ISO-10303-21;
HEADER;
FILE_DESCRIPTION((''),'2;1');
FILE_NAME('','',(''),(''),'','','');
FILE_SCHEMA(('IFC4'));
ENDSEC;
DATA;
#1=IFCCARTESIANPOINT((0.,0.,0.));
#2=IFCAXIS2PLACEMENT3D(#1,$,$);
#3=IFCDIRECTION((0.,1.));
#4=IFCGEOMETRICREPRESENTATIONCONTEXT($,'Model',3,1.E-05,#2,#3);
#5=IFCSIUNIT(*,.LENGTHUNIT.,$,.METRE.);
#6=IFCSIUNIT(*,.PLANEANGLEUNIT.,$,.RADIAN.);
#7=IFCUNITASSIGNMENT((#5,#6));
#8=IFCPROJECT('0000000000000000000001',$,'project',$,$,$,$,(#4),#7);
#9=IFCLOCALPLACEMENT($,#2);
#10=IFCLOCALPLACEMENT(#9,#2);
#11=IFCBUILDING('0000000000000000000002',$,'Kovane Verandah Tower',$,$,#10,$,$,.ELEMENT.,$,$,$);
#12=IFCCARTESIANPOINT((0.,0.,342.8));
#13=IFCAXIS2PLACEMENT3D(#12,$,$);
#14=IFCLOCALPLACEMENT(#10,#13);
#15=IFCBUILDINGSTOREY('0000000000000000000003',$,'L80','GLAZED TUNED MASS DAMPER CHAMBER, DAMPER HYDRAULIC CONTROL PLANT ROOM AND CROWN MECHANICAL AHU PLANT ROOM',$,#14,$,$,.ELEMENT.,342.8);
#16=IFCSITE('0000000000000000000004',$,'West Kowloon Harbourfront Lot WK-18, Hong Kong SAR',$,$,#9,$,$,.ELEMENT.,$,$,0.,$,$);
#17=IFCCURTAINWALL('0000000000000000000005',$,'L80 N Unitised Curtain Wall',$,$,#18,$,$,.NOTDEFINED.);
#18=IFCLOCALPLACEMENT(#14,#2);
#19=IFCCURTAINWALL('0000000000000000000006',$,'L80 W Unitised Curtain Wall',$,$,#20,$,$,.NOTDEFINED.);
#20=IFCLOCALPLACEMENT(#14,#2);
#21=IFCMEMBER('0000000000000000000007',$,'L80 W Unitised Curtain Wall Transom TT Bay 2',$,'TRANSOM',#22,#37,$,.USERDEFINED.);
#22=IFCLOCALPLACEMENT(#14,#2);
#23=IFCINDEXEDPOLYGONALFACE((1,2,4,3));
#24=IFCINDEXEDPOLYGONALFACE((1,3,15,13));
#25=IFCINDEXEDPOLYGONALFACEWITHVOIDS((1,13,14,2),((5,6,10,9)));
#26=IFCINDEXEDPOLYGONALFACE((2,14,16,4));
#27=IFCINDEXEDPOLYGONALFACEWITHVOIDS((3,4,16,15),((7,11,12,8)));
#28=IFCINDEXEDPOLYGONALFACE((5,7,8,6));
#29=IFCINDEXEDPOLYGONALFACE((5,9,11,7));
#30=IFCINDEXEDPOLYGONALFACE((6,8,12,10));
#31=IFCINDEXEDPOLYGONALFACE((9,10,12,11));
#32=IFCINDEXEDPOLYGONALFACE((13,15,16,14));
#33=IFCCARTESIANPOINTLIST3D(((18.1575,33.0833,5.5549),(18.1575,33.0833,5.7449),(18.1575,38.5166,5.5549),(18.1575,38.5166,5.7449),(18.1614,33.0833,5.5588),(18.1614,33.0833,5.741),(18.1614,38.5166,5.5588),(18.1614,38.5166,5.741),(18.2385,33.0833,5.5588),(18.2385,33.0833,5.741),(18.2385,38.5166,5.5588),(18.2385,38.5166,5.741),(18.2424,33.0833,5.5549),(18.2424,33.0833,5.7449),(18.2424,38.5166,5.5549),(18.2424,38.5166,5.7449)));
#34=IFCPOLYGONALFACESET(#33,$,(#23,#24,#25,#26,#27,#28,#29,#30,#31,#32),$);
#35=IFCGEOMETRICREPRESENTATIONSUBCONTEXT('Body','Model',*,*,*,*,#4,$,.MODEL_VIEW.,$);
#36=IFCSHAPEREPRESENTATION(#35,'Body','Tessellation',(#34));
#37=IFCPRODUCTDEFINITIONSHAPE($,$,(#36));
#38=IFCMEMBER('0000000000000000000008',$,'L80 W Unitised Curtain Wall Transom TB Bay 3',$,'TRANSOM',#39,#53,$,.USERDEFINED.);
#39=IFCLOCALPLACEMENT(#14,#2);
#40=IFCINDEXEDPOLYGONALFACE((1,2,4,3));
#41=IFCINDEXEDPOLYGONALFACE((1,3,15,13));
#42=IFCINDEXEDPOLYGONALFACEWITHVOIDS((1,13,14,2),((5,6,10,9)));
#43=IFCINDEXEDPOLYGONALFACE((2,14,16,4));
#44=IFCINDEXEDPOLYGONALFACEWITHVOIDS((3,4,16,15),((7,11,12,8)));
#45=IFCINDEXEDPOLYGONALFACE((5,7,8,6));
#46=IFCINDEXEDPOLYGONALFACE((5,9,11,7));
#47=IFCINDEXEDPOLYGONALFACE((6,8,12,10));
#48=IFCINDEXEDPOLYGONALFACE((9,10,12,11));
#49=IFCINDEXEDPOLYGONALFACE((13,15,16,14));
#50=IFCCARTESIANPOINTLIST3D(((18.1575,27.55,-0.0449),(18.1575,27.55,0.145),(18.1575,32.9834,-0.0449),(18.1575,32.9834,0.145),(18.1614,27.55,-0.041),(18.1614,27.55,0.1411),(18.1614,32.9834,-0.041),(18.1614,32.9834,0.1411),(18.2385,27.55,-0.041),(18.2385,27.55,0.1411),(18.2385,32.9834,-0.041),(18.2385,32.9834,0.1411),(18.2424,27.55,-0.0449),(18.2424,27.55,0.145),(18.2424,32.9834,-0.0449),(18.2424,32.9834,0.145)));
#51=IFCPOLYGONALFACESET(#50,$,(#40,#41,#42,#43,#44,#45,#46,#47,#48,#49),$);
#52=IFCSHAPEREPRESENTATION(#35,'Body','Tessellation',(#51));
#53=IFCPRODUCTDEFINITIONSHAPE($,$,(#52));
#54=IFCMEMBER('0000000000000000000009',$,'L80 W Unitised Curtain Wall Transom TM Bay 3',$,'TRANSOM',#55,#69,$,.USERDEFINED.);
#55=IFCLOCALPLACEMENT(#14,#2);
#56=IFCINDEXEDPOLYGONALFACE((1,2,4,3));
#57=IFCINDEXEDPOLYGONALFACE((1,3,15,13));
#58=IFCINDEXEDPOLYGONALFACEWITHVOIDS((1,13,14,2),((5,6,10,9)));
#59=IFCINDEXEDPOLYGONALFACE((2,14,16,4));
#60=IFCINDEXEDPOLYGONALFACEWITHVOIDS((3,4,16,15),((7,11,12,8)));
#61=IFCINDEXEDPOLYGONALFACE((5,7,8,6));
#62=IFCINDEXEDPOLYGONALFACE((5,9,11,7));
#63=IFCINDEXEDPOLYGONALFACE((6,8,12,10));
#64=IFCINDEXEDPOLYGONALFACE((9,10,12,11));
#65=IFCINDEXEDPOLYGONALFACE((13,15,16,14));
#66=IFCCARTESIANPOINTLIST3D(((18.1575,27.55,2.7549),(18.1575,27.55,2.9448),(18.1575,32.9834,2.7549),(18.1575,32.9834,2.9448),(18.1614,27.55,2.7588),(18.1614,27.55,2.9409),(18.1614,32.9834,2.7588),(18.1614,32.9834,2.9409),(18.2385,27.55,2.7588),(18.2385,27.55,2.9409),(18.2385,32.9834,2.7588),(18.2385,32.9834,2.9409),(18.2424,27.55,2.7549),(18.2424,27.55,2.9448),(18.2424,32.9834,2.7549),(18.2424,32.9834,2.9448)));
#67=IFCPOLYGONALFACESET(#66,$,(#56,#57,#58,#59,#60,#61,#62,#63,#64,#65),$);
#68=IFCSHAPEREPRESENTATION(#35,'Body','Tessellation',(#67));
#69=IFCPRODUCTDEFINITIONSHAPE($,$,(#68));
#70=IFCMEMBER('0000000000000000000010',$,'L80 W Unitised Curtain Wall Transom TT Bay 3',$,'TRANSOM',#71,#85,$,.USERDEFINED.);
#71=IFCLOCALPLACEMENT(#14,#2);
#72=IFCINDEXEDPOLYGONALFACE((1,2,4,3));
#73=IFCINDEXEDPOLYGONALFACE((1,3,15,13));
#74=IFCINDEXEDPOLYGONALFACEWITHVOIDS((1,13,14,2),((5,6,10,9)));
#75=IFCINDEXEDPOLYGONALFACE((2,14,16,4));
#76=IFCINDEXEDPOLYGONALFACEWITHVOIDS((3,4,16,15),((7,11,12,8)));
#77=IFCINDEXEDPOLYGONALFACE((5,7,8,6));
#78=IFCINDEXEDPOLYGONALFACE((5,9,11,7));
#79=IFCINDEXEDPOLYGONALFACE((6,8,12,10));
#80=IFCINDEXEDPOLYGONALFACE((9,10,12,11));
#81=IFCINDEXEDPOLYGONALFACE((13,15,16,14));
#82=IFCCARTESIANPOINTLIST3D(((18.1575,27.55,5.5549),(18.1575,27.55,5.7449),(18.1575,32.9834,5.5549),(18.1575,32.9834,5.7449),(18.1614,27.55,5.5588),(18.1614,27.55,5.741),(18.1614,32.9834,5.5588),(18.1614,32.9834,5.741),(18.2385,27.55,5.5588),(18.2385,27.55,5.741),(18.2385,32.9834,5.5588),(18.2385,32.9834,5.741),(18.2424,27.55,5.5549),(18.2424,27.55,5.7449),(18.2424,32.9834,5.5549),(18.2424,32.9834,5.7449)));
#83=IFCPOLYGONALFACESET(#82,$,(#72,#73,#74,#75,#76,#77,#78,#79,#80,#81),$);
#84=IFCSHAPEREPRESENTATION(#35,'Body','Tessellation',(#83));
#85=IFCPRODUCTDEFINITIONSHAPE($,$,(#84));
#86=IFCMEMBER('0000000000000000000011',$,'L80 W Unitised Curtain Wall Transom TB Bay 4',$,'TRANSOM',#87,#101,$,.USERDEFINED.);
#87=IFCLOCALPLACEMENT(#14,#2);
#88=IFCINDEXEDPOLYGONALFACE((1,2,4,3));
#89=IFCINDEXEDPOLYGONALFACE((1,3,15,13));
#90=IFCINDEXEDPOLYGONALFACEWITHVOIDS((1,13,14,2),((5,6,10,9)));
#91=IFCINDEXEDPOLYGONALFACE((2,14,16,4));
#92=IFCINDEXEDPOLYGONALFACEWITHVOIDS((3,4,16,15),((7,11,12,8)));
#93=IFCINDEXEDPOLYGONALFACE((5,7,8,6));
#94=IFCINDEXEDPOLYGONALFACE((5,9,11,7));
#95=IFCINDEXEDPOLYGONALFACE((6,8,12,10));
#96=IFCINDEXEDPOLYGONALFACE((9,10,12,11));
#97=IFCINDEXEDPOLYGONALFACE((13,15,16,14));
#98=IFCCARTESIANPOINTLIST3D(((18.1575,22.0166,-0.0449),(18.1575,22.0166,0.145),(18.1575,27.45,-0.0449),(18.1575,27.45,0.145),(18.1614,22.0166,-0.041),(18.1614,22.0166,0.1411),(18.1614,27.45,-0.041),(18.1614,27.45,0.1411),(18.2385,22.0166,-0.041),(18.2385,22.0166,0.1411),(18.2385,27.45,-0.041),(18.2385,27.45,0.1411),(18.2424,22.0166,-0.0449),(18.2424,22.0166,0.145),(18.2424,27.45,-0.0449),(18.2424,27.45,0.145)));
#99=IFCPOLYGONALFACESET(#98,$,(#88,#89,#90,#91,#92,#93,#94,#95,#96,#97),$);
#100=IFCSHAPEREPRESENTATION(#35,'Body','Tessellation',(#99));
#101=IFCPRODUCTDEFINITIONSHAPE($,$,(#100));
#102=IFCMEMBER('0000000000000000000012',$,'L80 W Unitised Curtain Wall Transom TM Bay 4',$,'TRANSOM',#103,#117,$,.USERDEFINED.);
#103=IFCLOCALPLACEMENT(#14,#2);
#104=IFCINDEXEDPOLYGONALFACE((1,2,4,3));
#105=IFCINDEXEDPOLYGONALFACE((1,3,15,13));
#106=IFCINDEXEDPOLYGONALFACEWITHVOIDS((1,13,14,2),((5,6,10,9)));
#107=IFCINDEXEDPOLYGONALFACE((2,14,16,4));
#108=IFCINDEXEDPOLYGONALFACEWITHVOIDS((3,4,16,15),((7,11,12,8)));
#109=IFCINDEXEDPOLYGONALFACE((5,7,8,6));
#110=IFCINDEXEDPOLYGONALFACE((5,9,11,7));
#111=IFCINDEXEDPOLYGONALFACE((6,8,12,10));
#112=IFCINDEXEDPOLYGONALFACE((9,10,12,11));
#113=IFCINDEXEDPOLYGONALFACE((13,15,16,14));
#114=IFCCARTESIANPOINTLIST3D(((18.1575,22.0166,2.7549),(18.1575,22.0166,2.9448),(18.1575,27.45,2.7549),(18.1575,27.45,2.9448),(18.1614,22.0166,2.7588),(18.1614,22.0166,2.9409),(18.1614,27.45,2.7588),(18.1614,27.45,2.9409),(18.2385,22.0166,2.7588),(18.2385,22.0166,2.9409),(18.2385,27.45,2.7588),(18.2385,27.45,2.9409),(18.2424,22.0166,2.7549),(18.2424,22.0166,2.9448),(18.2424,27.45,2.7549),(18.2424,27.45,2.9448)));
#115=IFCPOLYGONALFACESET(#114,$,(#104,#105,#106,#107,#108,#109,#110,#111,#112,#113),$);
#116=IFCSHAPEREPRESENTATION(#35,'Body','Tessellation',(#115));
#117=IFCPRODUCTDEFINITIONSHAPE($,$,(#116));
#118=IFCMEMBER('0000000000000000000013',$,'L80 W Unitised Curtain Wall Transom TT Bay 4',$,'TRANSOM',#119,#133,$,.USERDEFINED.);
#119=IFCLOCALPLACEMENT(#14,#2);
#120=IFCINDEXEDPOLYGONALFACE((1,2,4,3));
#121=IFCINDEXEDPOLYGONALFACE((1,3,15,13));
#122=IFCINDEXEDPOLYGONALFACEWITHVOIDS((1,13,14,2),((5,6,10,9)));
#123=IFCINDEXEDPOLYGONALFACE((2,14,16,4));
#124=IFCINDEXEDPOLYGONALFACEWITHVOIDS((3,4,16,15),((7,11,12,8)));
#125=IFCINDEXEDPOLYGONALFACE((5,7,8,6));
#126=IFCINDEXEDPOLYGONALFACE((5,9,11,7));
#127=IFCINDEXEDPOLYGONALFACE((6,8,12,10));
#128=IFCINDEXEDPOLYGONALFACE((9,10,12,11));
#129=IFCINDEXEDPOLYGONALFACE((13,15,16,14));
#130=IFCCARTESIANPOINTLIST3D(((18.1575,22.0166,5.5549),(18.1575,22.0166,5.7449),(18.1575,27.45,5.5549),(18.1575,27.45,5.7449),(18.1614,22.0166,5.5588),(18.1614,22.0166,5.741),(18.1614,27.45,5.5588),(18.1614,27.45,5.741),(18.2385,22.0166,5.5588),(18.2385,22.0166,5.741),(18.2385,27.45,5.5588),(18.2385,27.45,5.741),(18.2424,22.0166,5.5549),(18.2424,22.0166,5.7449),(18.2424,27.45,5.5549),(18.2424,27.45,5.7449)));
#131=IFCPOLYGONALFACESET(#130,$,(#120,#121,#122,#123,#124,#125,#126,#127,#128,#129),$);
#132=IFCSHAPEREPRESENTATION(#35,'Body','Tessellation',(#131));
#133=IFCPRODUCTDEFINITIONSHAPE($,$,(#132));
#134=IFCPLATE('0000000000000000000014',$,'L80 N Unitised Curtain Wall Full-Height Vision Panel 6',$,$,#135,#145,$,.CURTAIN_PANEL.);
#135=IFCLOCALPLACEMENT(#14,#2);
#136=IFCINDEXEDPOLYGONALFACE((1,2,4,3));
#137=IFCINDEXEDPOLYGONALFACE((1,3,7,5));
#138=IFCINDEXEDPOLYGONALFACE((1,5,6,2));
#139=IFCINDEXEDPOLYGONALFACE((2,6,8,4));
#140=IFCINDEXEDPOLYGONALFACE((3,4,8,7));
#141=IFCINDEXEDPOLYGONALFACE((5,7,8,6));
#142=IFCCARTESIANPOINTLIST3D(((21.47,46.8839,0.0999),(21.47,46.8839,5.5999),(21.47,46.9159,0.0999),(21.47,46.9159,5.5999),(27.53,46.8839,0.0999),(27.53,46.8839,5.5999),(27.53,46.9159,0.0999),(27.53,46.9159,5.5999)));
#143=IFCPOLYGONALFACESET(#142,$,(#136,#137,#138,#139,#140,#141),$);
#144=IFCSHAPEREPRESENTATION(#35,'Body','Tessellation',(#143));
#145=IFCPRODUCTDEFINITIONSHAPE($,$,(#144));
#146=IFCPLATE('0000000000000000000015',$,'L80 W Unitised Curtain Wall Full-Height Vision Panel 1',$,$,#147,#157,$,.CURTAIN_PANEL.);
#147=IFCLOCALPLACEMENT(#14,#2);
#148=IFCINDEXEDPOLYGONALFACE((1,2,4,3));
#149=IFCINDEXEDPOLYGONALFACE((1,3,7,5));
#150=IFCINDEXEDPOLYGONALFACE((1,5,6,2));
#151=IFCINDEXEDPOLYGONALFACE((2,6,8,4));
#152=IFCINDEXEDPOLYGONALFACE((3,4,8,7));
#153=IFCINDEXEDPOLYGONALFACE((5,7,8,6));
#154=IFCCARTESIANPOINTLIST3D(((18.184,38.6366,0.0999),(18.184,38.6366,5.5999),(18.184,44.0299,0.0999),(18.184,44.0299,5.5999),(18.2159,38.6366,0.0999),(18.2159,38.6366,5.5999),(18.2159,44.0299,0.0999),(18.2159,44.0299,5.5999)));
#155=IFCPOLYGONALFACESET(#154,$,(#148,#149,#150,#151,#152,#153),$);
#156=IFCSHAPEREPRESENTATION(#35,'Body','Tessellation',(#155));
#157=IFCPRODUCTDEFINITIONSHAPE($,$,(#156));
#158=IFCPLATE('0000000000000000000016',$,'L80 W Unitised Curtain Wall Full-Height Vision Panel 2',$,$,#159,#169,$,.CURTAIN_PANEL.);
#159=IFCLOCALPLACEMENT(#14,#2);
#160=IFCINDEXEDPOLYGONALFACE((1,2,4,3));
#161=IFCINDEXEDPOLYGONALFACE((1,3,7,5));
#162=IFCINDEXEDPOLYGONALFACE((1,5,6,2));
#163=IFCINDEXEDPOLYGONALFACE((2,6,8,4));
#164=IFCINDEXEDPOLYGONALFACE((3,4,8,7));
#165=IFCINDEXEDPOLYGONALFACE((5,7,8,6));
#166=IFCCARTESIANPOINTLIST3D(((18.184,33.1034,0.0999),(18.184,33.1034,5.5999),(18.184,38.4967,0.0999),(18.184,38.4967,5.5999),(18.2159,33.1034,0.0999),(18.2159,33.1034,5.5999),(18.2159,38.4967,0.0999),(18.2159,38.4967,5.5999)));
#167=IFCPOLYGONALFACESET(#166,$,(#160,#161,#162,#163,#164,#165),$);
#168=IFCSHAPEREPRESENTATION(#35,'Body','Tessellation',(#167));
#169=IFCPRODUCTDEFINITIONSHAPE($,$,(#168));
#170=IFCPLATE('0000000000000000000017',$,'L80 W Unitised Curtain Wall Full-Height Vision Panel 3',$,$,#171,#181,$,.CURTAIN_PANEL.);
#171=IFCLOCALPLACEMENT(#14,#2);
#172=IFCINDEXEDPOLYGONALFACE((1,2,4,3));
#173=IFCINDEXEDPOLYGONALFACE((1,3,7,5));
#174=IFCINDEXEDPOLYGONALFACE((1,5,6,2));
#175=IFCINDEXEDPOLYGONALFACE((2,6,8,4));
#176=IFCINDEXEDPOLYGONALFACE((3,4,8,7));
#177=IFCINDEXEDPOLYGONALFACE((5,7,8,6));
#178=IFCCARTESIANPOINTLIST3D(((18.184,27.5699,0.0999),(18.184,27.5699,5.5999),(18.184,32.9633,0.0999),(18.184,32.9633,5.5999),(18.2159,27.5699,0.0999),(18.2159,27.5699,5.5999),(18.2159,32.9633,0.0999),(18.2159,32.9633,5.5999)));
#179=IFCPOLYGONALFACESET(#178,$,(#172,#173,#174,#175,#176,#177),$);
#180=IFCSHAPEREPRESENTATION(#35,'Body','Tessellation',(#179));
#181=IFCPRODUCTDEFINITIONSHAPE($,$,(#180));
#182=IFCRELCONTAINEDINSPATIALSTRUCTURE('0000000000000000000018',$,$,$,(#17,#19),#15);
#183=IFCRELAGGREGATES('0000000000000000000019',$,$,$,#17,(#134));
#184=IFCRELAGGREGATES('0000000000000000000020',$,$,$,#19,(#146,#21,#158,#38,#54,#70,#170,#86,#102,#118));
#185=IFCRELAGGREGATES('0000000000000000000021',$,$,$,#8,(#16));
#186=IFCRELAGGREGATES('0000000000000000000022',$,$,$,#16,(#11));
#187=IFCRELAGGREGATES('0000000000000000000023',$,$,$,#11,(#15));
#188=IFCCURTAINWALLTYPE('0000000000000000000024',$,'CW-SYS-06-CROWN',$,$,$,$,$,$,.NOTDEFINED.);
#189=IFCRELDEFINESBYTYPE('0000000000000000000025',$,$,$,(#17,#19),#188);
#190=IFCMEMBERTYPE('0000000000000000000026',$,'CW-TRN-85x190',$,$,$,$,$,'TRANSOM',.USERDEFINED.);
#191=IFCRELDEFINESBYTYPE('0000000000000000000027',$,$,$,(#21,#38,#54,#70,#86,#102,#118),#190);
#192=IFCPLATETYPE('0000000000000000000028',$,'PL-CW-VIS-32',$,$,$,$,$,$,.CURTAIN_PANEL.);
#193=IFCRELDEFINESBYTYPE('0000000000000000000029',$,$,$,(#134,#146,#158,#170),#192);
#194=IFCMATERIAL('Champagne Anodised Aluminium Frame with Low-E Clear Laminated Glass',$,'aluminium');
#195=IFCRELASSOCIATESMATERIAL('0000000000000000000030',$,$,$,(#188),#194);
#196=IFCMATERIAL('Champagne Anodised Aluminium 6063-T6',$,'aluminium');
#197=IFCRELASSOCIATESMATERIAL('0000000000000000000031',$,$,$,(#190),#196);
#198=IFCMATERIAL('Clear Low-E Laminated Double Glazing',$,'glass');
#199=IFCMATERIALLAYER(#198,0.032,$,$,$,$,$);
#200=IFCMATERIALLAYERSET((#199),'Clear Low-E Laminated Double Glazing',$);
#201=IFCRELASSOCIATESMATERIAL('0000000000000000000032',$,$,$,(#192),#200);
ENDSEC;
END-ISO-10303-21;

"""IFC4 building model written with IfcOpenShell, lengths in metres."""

from ifc_helpers import new_model, si_unit, direction, frame, origin, origin_2d, place, context, subcontext, project, spatial, rectangle, hollow_rectangle, extrude, material, layer, layer_set, material_profile, profile_set, type_object, element, aggregate, save


model = new_model("IFC4")

# Units and contexts
model_context = context("Model", 3, precision=1e-05, world=origin(), true_north=direction((0.0, 1.0)))
body_context = subcontext(model_context, "Body", "Model", "MODEL_VIEW")
ifc_project = project(units=[si_unit("LENGTHUNIT", "METRE"), si_unit("PLANEANGLEUNIT", "RADIAN")], contexts=[model_context])

# Site, building, storey
site_placement = place(None, origin())
site = spatial("IfcSite", under=ifc_project, at=site_placement, Name="West Kowloon Harbourfront Lot WK-18, Hong Kong SAR", CompositionType="ELEMENT", RefElevation=0.0)
building_placement = place(site_placement, origin())
building = spatial("IfcBuilding", under=site, at=building_placement, Name="Kovane Verandah Tower", CompositionType="ELEMENT")
storey_placement = place(building_placement, frame((0.0, 0.0, 342.8)))
storey = spatial("IfcBuildingStorey", under=building, at=storey_placement, Name="L80", Description="GLAZED TUNED MASS DAMPER CHAMBER, DAMPER HYDRAULIC CONTROL PLANT ROOM AND CROWN MECHANICAL AHU PLANT ROOM", CompositionType="ELEMENT", Elevation=342.8)

# Curtain walls
ifc_material_1 = material(Name="Champagne Anodised Aluminium Frame with Low-E Clear Laminated Glass", Category="aluminium")
curtain_wall_type = type_object("IfcCurtainWallType", Name="CW-SYS-06-CROWN", PredefinedType="NOTDEFINED", material=ifc_material_1)
curtain_wall_1_placement = place(storey_placement, origin())
curtain_wall_1 = element("IfcCurtainWall", 1, at=curtain_wall_1_placement, inside=storey, type_object=curtain_wall_type, Name="L80 N Unitised Curtain Wall", PredefinedType="NOTDEFINED")
ifc_material_2 = material(Name="Champagne Anodised Aluminium 6063-T6", Category="aluminium")
curtain_wall_2_placement = place(storey_placement, origin())
curtain_wall_2 = element("IfcCurtainWall", 2, at=curtain_wall_2_placement, inside=storey, type_object=curtain_wall_type, Name="L80 W Unitised Curtain Wall", PredefinedType="NOTDEFINED")

# Members
ifc_material_profile_1 = material_profile(ifc_material_2, hollow_rectangle(XDim=0.085, YDim=0.1899, WallThickness=0.0039, at=origin_2d()), Name="AL85x190x4")
ifc_profile_set_1 = profile_set([ifc_material_profile_1], Name="Champagne Anodised Aluminium 6063-T6")
member_type_1 = type_object("IfcMemberType", Name="CW-TRN-85x190", ElementType="TRANSOM", PredefinedType="USERDEFINED", material=ifc_profile_set_1)
member_1_placement = place(storey_placement, frame((18.2, 38.5166, 5.6499), z_axis=(0.0, -1.0, 0.0), x_axis=(1.0, 0.0, 0.0)))
member_1 = element("IfcMember", 3, at=member_1_placement, type_object=member_type_1, Name="L80 W Unitised Curtain Wall Transom TT Bay 2", ObjectType="TRANSOM", PredefinedType="USERDEFINED", context=body_context, shape_type="SweptSolid", body=[
    extrude(hollow_rectangle(XDim=0.085, YDim=0.1899, WallThickness=0.0039, at=origin_2d()), origin(), (0.0, 0.0, 1.0), 5.4333),
])
member_2_placement = place(storey_placement, frame((18.2, 32.9834, 0.05), z_axis=(0.0, -1.0, 0.0), x_axis=(1.0, 0.0, 0.0)))
member_2 = element("IfcMember", 4, at=member_2_placement, type_object=member_type_1, Name="L80 W Unitised Curtain Wall Transom TB Bay 3", ObjectType="TRANSOM", PredefinedType="USERDEFINED", context=body_context, shape_type="SweptSolid", body=[
    extrude(hollow_rectangle(XDim=0.085, YDim=0.1899, WallThickness=0.0039, at=origin_2d()), origin(), (0.0, 0.0, 1.0), 5.4333),
])
member_3_placement = place(storey_placement, frame((18.2, 32.9834, 2.8499), z_axis=(0.0, -1.0, 0.0), x_axis=(1.0, 0.0, 0.0)))
member_3 = element("IfcMember", 5, at=member_3_placement, type_object=member_type_1, Name="L80 W Unitised Curtain Wall Transom TM Bay 3", ObjectType="TRANSOM", PredefinedType="USERDEFINED", context=body_context, shape_type="SweptSolid", body=[
    extrude(hollow_rectangle(XDim=0.085, YDim=0.1899, WallThickness=0.0039, at=origin_2d()), origin(), (0.0, 0.0, 1.0), 5.4333),
])
member_4_placement = place(storey_placement, frame((18.2, 32.9834, 5.6499), z_axis=(0.0, -1.0, 0.0), x_axis=(1.0, 0.0, 0.0)))
member_4 = element("IfcMember", 6, at=member_4_placement, type_object=member_type_1, Name="L80 W Unitised Curtain Wall Transom TT Bay 3", ObjectType="TRANSOM", PredefinedType="USERDEFINED", context=body_context, shape_type="SweptSolid", body=[
    extrude(hollow_rectangle(XDim=0.085, YDim=0.1899, WallThickness=0.0039, at=origin_2d()), origin(), (0.0, 0.0, 1.0), 5.4333),
])
member_5_placement = place(storey_placement, frame((18.2, 27.45, 0.05), z_axis=(0.0, -1.0, 0.0), x_axis=(1.0, 0.0, 0.0)))
member_5 = element("IfcMember", 7, at=member_5_placement, type_object=member_type_1, Name="L80 W Unitised Curtain Wall Transom TB Bay 4", ObjectType="TRANSOM", PredefinedType="USERDEFINED", context=body_context, shape_type="SweptSolid", body=[
    extrude(hollow_rectangle(XDim=0.085, YDim=0.1899, WallThickness=0.0039, at=origin_2d()), origin(), (0.0, 0.0, 1.0), 5.4333),
])
member_6_placement = place(storey_placement, frame((18.2, 27.45, 2.8499), z_axis=(0.0, -1.0, 0.0), x_axis=(1.0, 0.0, 0.0)))
member_6 = element("IfcMember", 8, at=member_6_placement, type_object=member_type_1, Name="L80 W Unitised Curtain Wall Transom TM Bay 4", ObjectType="TRANSOM", PredefinedType="USERDEFINED", context=body_context, shape_type="SweptSolid", body=[
    extrude(hollow_rectangle(XDim=0.085, YDim=0.1899, WallThickness=0.0039, at=origin_2d()), origin(), (0.0, 0.0, 1.0), 5.4333),
])
member_7_placement = place(storey_placement, frame((18.2, 27.45, 5.6499), z_axis=(0.0, -1.0, 0.0), x_axis=(1.0, 0.0, 0.0)))
member_7 = element("IfcMember", 9, at=member_7_placement, type_object=member_type_1, Name="L80 W Unitised Curtain Wall Transom TT Bay 4", ObjectType="TRANSOM", PredefinedType="USERDEFINED", context=body_context, shape_type="SweptSolid", body=[
    extrude(hollow_rectangle(XDim=0.085, YDim=0.1899, WallThickness=0.0039, at=origin_2d()), origin(), (0.0, 0.0, 1.0), 5.4333),
])

# Plates
ifc_material_3 = material(Name="Clear Low-E Laminated Double Glazing", Category="glass")
ifc_layer_1 = layer(ifc_material_3, 0.032)
ifc_layer_set_1 = layer_set([ifc_layer_1], Name="Clear Low-E Laminated Double Glazing")
plate_type = type_object("IfcPlateType", Name="PL-CW-VIS-32", PredefinedType="CURTAIN_PANEL", material=ifc_layer_set_1)
plate_1_placement = place(storey_placement, frame((24.5, 46.8999, 0.0999), z_axis=(0.0, 0.0, 1.0), x_axis=(-1.0, 0.0, 0.0)))
plate_1 = element("IfcPlate", 10, at=plate_1_placement, type_object=plate_type, Name="L80 N Unitised Curtain Wall Full-Height Vision Panel 6", PredefinedType="CURTAIN_PANEL", context=body_context, shape_type="SweptSolid", body=[
    extrude(rectangle(XDim=6.0601, YDim=0.032, at=origin_2d()), origin(), (0.0, 0.0, 1.0), 5.5),
])
aggregate(curtain_wall_1, [plate_1])
plate_2_placement = place(storey_placement, frame((18.2, 41.3333, 0.0999), z_axis=(0.0, 0.0, 1.0), x_axis=(0.0, -1.0, 0.0)))
plate_2 = element("IfcPlate", 11, at=plate_2_placement, type_object=plate_type, Name="L80 W Unitised Curtain Wall Full-Height Vision Panel 1", PredefinedType="CURTAIN_PANEL", context=body_context, shape_type="SweptSolid", body=[
    extrude(rectangle(XDim=5.3933, YDim=0.032, at=origin_2d()), origin(), (0.0, 0.0, 1.0), 5.5),
])
plate_3_placement = place(storey_placement, frame((18.2, 35.8, 0.0999), z_axis=(0.0, 0.0, 1.0), x_axis=(0.0, -1.0, 0.0)))
plate_3 = element("IfcPlate", 12, at=plate_3_placement, type_object=plate_type, Name="L80 W Unitised Curtain Wall Full-Height Vision Panel 2", PredefinedType="CURTAIN_PANEL", context=body_context, shape_type="SweptSolid", body=[
    extrude(rectangle(XDim=5.3933, YDim=0.032, at=origin_2d()), origin(), (0.0, 0.0, 1.0), 5.5),
])
plate_4_placement = place(storey_placement, frame((18.2, 30.2666, 0.0999), z_axis=(0.0, 0.0, 1.0), x_axis=(0.0, -1.0, 0.0)))
plate_4 = element("IfcPlate", 13, at=plate_4_placement, type_object=plate_type, Name="L80 W Unitised Curtain Wall Full-Height Vision Panel 3", PredefinedType="CURTAIN_PANEL", context=body_context, shape_type="SweptSolid", body=[
    extrude(rectangle(XDim=5.3933, YDim=0.032, at=origin_2d()), origin(), (0.0, 0.0, 1.0), 5.5),
])
aggregate(curtain_wall_2, [plate_2, member_1, plate_3, member_2, member_3, member_4, plate_4, member_5, member_6, member_7])

save(model, "model.ifc")
